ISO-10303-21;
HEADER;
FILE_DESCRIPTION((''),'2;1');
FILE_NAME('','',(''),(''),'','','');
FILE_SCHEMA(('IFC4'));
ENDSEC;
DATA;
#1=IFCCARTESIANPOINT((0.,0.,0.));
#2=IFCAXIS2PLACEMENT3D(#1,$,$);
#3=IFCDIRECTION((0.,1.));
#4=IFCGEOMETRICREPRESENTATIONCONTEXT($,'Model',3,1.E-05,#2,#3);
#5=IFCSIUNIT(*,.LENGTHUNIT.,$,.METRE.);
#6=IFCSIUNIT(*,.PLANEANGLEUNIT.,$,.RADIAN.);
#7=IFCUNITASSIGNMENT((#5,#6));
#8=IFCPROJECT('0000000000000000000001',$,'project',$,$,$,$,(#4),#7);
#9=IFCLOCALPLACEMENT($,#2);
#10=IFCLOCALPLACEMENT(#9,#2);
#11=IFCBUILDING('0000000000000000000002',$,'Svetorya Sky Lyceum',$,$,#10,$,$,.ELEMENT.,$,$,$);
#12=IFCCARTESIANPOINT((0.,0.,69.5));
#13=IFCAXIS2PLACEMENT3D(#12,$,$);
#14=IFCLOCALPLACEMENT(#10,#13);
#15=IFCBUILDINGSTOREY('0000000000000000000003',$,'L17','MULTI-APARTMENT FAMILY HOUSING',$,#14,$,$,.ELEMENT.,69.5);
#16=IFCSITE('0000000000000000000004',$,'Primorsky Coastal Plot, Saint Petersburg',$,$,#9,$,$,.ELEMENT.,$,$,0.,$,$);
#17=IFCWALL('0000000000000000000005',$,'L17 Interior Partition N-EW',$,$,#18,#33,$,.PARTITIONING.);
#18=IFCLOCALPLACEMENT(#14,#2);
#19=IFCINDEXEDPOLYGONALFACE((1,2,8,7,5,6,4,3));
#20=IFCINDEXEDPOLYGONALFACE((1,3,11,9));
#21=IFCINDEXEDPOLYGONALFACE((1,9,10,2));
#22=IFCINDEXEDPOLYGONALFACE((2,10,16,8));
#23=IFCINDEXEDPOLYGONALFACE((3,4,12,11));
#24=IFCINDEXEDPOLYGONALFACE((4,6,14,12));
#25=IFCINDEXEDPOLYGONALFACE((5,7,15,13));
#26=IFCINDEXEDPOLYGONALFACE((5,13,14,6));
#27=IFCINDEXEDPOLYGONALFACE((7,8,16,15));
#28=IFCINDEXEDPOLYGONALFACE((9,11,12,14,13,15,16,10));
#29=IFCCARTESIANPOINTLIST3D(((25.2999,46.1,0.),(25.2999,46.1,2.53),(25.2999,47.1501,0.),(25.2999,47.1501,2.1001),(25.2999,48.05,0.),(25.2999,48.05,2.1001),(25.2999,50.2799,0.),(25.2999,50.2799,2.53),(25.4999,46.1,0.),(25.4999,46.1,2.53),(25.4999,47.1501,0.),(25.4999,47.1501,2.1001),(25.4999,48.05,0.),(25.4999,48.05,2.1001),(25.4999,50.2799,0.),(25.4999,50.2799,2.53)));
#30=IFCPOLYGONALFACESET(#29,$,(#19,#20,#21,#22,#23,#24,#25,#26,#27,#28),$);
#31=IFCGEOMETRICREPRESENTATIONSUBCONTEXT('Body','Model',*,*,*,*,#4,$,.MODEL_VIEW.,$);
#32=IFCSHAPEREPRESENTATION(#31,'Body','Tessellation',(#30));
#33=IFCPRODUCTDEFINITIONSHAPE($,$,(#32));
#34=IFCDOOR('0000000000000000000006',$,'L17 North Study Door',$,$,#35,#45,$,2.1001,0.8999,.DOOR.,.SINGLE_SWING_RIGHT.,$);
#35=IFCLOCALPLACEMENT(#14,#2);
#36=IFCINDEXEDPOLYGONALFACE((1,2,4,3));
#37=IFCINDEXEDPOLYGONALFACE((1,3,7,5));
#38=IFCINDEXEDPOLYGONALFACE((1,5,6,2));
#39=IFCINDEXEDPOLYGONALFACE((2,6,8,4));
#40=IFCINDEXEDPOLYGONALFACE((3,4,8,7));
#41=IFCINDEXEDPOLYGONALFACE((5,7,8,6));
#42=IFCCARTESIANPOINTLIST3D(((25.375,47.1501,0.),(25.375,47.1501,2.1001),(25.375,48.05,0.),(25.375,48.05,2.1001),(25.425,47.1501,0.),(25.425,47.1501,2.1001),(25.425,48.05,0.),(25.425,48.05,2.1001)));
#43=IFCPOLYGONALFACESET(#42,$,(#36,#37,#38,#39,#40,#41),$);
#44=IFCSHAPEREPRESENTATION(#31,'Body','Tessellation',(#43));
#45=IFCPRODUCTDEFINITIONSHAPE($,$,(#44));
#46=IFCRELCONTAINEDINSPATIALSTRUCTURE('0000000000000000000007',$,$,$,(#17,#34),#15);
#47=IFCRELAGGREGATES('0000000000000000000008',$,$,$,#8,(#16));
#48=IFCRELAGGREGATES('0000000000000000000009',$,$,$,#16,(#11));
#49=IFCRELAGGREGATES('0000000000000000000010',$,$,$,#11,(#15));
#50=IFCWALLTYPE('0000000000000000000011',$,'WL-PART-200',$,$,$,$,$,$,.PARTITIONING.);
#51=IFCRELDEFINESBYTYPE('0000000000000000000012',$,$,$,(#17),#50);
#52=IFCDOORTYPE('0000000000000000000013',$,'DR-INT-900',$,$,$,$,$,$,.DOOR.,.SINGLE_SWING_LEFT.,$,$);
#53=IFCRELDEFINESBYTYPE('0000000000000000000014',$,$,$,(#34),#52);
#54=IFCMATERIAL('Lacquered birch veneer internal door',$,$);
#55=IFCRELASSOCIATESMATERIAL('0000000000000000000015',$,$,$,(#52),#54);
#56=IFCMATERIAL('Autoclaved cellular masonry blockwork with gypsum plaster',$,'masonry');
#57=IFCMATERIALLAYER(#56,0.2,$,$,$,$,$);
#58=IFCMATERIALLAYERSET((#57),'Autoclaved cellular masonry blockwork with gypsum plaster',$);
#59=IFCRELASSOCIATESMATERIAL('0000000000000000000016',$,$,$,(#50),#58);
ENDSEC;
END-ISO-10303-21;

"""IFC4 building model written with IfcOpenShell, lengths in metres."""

from ifc_helpers import new_model, si_unit, direction, frame, frame_2d, origin, place, context, subcontext, project, spatial, rectangle, extrude, material, layer, layer_set, type_object, element, fill, save


model = new_model("IFC4")

# Units and contexts
model_context = context("Model", 3, precision=1e-05, world=origin(), true_north=direction((0.0, 1.0)))
body_context = subcontext(model_context, "Body", "Model", "MODEL_VIEW")
ifc_project = project(units=[si_unit("LENGTHUNIT", "METRE"), si_unit("PLANEANGLEUNIT", "RADIAN")], contexts=[model_context])

# Site, building, storey
site_placement = place(None, origin())
site = spatial("IfcSite", under=ifc_project, at=site_placement, Name="Primorsky Coastal Plot, Saint Petersburg", CompositionType="ELEMENT", RefElevation=0.0)
building_placement = place(site_placement, origin())
building = spatial("IfcBuilding", under=site, at=building_placement, Name="Svetorya Sky Lyceum", CompositionType="ELEMENT")
storey_placement = place(building_placement, frame((0.0, 0.0, 69.5)))
storey = spatial("IfcBuildingStorey", under=building, at=storey_placement, Name="L17", Description="MULTI-APARTMENT FAMILY HOUSING", CompositionType="ELEMENT", Elevation=69.5)

# Shared definitions
ifc_material_1 = material(Name="Lacquered birch veneer internal door")
door_type_1 = type_object("IfcDoorType", Name="DR-INT-900", OperationType="SINGLE_SWING_LEFT", PredefinedType="DOOR", material=ifc_material_1)

# Shared definitions
ifc_material_2 = material(Name="Autoclaved cellular masonry blockwork with gypsum plaster", Category="masonry")
ifc_layer_1 = layer(ifc_material_2, 0.2)
ifc_layer_set_1 = layer_set([ifc_layer_1], Name="Autoclaved cellular masonry blockwork with gypsum plaster")
wall_type_1 = type_object("IfcWallType", Name="WL-PART-200", PredefinedType="PARTITIONING", material=ifc_layer_set_1)

# Wall, opening, door
wall_1_placement = place(storey_placement, frame((25.3999, 46.1001, 0.0), z_axis=(0.0, 0.0, 1.0), x_axis=(0.0, 1.0, 0.0)))
wall_1 = element("IfcWall", 1, at=wall_1_placement, inside=storey, type_object=wall_type_1, Name="L17 Interior Partition N-EW", PredefinedType="PARTITIONING", context=body_context, shape_type="SweptSolid", body=[
    extrude(rectangle(XDim=4.1799, YDim=0.2, at=frame_2d((2.0898, 0.0))), origin(), (0.0, 0.0, 1.0), 2.53),
])
opening_1_placement = place(wall_1_placement, frame((1.05, 0.0, 0.0)))
opening_1 = element("IfcOpeningElement", 2, at=opening_1_placement, cuts=wall_1, PredefinedType="OPENING", context=body_context, shape_type="SweptSolid", body=[
    extrude(rectangle(XDim=0.8999, YDim=2.1001, at=frame_2d((0.45, 1.05))), frame((0.0, 0.1099, 0.0), z_axis=(0.0, -1.0, 0.0), x_axis=(1.0, 0.0, 0.0)), (0.0, 0.0, 1.0), 0.22),
])
door_1_placement = place(opening_1_placement, origin())
door_1 = element("IfcDoor", 3, at=door_1_placement, inside=storey, type_object=door_type_1, Name="L17 North Study Door", OperationType="SINGLE_SWING_RIGHT", OverallHeight=2.1001, OverallWidth=0.8999, PredefinedType="DOOR", context=body_context, shape_type="SweptSolid", body=[
    extrude(rectangle(XDim=0.8999, YDim=2.1001, at=frame_2d((0.45, 1.05))), frame((0.0, 0.0249, 0.0), z_axis=(0.0, -1.0, 0.0), x_axis=(1.0, 0.0, 0.0)), (0.0, 0.0, 1.0), 0.05),
])
fill(opening_1, door_1)

save(model, "model.ifc")
